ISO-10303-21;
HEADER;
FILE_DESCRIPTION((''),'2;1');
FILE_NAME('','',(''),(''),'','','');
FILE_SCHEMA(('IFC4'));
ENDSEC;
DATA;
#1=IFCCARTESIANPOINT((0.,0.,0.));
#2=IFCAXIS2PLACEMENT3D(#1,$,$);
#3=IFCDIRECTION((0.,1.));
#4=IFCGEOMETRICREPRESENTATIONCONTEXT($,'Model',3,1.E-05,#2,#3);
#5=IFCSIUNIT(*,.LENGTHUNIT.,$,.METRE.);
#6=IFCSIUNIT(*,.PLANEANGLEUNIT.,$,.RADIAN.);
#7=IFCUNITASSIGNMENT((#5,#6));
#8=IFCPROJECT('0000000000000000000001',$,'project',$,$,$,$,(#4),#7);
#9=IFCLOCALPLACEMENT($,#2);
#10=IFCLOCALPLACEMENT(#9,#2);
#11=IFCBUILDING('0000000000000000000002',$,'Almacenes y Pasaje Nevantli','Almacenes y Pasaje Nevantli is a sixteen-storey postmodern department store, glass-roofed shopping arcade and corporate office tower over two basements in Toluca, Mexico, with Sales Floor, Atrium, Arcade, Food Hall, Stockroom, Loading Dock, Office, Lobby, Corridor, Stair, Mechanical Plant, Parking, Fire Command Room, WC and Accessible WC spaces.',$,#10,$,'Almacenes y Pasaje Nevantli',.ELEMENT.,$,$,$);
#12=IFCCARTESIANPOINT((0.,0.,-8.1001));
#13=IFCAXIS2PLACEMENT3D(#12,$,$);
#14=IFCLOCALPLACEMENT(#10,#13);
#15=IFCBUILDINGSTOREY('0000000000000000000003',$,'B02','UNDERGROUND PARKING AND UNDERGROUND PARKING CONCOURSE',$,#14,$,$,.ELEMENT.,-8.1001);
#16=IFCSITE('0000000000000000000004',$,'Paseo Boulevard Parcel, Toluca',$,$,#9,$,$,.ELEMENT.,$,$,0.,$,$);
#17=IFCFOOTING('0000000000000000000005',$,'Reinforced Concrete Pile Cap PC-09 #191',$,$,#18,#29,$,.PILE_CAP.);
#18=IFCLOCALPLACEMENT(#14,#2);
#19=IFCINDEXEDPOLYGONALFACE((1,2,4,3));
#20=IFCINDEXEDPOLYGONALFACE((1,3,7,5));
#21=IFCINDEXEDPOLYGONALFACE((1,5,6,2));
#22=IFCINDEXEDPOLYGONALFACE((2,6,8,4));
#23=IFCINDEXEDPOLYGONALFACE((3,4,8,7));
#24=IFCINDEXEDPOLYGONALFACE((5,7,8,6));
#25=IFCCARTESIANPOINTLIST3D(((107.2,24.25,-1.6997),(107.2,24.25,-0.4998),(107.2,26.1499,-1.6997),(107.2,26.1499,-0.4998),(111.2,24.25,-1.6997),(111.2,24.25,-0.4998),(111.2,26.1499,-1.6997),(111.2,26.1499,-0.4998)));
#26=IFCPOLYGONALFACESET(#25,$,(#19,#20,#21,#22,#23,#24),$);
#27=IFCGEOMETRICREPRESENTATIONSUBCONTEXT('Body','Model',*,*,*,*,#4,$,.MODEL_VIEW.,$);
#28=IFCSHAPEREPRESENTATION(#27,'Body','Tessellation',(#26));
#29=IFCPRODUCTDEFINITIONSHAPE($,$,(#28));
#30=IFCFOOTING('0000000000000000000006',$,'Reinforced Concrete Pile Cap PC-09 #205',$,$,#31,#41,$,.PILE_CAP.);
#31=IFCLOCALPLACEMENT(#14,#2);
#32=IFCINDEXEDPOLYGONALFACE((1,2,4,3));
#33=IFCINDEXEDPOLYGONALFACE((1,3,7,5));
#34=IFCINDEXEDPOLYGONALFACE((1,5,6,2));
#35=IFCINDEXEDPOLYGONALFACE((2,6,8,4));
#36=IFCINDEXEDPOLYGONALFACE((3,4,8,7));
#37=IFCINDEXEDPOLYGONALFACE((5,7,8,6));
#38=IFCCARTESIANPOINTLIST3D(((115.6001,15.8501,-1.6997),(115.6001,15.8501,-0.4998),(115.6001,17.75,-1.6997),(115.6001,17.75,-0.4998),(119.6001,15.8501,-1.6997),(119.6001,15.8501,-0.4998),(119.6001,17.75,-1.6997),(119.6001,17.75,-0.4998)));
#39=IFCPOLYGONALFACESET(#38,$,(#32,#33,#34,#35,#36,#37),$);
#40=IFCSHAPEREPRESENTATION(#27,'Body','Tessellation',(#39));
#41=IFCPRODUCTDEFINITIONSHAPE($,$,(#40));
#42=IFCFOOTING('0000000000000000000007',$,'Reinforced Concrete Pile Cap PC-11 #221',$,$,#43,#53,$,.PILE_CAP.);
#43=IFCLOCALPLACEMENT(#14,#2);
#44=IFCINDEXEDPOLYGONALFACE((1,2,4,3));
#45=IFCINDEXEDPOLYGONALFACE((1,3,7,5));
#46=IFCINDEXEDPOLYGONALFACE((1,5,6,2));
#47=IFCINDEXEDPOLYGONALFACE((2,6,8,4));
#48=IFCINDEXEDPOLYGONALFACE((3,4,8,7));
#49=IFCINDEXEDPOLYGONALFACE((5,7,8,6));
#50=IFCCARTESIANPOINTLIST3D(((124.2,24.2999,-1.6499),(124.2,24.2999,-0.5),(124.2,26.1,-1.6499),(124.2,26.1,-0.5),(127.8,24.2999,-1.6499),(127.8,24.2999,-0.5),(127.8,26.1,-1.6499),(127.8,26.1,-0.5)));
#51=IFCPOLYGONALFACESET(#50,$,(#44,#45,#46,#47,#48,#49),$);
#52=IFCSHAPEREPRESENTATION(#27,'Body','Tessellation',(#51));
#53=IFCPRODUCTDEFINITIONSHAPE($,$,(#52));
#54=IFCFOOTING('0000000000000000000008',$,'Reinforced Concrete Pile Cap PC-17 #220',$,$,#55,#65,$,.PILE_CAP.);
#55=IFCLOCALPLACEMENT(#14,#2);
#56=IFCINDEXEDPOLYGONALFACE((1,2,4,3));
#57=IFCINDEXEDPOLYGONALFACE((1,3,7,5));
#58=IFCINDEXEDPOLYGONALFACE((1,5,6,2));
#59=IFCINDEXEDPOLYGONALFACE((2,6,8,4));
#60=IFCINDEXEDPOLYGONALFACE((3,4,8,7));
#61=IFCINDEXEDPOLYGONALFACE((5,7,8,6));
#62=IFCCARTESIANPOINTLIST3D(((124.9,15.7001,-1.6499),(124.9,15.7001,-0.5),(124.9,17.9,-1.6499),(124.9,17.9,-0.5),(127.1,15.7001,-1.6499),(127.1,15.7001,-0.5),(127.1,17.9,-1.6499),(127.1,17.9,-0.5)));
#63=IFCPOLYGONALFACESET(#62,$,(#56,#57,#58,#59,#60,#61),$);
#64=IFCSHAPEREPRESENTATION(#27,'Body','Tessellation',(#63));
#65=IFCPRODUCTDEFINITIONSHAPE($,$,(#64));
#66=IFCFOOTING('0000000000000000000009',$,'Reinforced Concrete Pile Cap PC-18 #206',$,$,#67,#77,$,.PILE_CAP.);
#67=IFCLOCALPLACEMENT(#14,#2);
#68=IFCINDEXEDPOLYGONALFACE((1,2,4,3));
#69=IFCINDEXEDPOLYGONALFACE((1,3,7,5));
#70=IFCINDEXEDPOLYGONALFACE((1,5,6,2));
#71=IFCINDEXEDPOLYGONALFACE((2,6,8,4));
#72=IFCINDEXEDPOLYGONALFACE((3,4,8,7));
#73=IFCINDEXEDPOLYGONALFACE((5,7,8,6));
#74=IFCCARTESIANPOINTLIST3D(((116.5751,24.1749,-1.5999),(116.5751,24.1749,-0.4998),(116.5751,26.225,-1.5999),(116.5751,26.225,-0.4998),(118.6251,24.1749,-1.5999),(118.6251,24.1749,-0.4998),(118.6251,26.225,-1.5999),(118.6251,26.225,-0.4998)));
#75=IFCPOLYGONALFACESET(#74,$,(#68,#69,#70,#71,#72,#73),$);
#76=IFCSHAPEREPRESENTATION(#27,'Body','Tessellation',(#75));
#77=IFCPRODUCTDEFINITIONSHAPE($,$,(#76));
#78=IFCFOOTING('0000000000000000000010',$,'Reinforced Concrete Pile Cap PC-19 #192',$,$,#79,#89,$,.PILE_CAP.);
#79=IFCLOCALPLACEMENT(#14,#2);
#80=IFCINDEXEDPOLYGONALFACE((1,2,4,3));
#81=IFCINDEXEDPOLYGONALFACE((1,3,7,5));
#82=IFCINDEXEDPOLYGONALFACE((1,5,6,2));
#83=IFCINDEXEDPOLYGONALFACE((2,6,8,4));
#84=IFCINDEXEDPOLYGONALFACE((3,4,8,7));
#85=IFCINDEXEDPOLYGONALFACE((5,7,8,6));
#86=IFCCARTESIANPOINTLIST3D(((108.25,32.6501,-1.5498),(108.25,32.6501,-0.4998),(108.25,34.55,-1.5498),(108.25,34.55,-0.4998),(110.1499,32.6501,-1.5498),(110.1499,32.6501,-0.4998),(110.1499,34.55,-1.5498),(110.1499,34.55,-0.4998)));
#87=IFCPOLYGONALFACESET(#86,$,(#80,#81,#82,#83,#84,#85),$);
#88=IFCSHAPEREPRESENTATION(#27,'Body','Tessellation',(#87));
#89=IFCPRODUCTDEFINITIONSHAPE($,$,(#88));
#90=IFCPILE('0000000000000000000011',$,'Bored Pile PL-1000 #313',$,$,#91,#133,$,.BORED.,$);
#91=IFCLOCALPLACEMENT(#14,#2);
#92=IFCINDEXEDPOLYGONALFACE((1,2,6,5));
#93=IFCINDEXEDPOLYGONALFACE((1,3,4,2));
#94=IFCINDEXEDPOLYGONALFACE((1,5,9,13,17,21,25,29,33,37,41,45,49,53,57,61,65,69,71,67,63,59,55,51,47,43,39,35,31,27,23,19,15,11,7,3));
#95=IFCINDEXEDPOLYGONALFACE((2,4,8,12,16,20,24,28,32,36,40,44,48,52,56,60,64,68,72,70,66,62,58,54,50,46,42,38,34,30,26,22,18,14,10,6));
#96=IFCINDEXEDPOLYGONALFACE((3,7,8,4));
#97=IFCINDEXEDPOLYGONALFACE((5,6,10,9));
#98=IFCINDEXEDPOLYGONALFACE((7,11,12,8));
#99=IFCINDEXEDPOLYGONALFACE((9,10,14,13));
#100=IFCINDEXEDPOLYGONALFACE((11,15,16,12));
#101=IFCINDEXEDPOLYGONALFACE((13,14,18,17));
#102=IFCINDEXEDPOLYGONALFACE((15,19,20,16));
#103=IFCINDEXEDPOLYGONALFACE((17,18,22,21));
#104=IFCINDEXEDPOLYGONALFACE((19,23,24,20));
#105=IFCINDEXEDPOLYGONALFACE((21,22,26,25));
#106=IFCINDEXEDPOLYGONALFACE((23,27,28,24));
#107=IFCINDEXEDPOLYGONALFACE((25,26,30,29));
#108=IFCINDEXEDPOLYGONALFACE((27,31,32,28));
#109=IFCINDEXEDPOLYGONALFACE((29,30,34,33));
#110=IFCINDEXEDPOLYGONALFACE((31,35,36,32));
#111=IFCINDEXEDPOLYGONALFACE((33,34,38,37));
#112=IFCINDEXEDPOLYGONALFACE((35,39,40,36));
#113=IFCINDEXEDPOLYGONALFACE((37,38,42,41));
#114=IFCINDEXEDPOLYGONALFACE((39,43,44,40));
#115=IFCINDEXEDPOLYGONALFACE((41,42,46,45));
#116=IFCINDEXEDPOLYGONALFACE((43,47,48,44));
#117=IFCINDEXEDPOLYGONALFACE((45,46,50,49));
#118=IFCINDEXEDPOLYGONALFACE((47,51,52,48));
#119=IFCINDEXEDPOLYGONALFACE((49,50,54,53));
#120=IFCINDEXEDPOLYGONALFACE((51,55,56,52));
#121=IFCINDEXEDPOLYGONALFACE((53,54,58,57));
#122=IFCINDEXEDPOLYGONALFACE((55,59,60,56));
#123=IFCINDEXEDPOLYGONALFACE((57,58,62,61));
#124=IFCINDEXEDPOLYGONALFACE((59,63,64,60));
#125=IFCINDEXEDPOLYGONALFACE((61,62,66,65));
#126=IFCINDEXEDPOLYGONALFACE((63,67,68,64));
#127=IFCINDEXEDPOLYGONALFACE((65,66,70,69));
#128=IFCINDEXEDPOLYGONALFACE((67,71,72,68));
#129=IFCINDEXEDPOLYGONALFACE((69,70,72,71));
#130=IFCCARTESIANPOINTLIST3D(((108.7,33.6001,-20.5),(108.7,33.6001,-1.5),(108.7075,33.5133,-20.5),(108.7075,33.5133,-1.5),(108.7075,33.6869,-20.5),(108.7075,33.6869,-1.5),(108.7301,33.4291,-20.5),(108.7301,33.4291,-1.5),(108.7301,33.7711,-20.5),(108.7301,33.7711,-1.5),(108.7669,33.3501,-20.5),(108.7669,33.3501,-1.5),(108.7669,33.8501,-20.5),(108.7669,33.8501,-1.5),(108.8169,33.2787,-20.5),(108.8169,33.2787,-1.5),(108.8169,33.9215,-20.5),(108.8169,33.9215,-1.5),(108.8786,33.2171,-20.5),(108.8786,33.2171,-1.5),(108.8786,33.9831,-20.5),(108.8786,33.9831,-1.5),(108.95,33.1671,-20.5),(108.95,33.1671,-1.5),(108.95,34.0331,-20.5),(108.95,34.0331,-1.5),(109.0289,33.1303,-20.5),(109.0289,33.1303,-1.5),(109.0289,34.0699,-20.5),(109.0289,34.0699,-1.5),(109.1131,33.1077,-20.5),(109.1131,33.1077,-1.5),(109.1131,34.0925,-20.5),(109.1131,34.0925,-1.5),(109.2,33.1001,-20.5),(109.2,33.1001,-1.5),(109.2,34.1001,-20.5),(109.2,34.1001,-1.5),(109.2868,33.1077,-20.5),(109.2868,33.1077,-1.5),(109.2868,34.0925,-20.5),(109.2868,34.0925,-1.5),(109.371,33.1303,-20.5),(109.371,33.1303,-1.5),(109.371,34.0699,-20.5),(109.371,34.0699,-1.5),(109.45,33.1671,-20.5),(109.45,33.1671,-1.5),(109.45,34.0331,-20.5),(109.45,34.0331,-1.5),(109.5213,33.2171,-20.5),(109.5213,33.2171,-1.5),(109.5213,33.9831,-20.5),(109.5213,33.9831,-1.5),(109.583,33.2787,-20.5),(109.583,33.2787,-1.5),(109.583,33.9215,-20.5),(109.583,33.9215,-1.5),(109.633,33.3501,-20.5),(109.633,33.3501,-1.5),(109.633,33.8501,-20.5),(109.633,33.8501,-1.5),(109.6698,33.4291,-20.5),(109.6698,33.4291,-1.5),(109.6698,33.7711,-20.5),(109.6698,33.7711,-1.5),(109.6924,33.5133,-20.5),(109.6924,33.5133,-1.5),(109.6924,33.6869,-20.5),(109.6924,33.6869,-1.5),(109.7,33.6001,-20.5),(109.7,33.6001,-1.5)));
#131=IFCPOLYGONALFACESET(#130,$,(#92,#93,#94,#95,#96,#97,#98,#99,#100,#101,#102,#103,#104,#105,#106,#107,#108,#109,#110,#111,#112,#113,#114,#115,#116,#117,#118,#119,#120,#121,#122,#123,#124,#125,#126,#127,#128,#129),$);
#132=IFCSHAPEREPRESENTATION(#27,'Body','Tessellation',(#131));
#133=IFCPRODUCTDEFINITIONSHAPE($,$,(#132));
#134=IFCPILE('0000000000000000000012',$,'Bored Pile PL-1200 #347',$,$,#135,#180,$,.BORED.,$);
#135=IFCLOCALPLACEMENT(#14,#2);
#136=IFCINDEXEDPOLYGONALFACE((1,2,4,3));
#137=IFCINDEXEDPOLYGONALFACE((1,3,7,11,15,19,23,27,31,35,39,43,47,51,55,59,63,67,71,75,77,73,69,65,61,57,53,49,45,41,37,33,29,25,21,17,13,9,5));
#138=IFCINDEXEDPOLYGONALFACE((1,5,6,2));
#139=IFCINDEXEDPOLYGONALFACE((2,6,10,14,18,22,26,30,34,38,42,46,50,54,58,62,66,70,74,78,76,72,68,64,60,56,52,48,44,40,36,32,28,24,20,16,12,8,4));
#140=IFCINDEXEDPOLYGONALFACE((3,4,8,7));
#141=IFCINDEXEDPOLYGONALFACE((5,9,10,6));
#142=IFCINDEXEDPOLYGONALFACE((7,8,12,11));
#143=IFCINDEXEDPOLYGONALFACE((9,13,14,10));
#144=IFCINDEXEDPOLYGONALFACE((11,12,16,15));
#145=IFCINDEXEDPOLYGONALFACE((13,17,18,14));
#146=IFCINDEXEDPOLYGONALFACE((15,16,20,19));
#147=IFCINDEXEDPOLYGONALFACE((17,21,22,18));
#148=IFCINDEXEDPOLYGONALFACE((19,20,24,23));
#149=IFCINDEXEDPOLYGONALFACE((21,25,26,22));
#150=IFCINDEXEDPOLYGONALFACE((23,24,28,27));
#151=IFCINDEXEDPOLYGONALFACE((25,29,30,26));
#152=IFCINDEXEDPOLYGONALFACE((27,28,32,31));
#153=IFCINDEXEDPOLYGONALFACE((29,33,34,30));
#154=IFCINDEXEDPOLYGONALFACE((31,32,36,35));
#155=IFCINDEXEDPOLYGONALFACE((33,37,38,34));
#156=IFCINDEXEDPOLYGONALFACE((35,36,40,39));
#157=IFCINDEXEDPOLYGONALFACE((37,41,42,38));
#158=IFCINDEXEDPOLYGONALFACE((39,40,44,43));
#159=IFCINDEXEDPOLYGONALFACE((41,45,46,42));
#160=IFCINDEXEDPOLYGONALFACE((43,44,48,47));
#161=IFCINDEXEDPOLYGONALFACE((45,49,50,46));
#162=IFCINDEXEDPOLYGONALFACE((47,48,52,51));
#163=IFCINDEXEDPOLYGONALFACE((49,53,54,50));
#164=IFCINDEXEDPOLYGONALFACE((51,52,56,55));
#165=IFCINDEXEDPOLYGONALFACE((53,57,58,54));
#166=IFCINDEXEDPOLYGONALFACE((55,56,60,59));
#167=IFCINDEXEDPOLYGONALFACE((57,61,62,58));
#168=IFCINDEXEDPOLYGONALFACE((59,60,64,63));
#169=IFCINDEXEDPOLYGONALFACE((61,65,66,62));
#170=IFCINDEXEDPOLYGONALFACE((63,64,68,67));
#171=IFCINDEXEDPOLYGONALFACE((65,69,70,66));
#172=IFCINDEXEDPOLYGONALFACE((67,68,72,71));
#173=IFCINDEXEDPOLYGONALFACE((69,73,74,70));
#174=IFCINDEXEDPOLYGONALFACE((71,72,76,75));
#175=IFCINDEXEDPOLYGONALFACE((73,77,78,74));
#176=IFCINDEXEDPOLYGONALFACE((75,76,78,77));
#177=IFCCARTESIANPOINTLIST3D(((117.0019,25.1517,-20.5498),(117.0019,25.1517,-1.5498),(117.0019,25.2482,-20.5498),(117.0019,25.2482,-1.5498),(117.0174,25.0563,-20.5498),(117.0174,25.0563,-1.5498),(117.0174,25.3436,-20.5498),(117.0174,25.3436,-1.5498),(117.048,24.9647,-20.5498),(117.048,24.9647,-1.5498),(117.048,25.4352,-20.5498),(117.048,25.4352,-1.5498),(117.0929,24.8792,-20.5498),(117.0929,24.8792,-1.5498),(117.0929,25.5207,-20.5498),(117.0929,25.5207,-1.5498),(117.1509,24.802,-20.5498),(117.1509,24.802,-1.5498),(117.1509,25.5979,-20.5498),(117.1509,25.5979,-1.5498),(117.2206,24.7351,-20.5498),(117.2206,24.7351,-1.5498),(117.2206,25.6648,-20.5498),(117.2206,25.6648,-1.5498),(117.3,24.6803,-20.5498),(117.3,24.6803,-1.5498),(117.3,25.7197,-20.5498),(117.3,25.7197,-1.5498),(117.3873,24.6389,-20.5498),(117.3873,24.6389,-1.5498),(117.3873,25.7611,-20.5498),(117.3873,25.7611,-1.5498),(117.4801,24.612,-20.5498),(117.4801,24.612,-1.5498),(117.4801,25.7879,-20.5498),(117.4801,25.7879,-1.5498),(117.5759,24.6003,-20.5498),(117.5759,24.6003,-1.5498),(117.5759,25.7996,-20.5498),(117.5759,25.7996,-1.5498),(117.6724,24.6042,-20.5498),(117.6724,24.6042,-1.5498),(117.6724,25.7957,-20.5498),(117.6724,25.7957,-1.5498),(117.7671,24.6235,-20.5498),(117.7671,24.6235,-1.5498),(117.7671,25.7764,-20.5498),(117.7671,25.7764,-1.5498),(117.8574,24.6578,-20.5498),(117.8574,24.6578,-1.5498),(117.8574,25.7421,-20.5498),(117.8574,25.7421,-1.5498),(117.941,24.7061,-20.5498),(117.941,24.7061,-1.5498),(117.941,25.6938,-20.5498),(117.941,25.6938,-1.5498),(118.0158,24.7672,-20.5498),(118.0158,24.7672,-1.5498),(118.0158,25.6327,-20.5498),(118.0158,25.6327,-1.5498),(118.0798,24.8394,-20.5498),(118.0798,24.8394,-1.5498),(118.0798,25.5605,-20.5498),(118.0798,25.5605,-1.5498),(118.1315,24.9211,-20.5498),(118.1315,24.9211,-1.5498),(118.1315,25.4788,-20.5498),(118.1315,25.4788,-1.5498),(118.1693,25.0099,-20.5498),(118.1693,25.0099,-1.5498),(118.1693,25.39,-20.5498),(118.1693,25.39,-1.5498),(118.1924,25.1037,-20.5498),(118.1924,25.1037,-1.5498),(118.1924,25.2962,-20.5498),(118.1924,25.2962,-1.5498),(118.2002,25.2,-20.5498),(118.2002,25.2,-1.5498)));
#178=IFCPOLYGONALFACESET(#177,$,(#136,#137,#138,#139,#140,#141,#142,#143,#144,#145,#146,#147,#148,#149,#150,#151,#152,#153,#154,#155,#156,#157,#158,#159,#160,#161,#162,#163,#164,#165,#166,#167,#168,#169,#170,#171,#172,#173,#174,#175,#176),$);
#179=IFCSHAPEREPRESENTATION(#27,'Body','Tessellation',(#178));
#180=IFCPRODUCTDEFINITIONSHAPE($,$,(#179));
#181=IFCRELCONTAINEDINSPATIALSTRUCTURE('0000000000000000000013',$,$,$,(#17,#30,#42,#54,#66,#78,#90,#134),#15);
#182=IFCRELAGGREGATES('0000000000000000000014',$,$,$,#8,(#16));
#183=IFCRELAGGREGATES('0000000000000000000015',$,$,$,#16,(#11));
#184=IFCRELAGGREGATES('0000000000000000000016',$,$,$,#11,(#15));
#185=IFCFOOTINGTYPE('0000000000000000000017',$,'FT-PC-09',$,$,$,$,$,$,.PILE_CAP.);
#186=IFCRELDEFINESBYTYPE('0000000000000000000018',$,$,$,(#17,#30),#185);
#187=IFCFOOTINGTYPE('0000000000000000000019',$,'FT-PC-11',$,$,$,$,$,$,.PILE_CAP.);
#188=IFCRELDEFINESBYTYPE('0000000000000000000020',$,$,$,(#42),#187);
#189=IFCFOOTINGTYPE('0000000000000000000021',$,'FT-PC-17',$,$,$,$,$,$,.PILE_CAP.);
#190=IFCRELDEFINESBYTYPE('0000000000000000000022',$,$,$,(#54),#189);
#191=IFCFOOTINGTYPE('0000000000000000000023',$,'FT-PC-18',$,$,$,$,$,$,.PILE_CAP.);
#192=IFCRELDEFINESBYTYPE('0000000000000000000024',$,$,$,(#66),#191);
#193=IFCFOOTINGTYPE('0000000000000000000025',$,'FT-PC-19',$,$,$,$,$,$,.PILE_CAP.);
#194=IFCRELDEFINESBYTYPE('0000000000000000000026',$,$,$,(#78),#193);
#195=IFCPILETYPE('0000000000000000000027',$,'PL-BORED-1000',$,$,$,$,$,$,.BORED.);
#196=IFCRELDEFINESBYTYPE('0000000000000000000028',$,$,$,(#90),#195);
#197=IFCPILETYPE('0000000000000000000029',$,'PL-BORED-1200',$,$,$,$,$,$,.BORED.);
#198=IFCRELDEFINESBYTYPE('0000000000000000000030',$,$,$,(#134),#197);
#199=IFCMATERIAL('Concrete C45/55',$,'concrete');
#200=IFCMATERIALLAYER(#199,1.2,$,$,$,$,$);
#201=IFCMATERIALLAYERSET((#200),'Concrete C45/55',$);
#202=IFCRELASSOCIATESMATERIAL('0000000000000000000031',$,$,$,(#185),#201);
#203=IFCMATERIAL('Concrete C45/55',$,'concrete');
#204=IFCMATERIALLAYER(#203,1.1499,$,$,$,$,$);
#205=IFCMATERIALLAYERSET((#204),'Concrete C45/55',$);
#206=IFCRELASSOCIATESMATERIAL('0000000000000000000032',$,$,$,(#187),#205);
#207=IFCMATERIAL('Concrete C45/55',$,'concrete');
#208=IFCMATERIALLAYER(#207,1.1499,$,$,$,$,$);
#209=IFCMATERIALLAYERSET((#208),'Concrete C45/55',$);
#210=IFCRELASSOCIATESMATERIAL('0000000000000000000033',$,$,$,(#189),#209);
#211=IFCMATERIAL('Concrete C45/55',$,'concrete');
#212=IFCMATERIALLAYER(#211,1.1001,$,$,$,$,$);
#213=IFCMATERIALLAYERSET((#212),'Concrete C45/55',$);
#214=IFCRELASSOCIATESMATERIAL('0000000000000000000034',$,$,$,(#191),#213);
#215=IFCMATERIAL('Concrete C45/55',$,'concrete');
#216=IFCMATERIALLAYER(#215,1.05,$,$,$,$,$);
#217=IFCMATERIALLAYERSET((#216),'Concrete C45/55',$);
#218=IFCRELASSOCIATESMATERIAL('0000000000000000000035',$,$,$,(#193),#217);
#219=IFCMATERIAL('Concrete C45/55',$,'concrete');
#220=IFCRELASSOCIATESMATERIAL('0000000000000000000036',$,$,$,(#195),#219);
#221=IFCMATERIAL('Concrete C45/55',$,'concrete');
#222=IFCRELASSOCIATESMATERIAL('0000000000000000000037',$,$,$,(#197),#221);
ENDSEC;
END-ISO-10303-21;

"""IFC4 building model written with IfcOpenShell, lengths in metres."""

from ifc_helpers import new_model, si_unit, direction, frame, origin, origin_2d, place, context, subcontext, project, spatial, rectangle, circle, extrude, material, layer, layer_set, material_profile, profile_set, type_object, element, save


model = new_model("IFC4")

# Units and contexts
model_context = context("Model", 3, precision=1e-05, world=origin(), true_north=direction((0.0, 1.0)))
body_context = subcontext(model_context, "Body", "Model", "MODEL_VIEW")
ifc_project = project(units=[si_unit("LENGTHUNIT", "METRE"), si_unit("PLANEANGLEUNIT", "RADIAN")], contexts=[model_context])

# Site, building, storey
site_placement = place(None, origin())
site = spatial("IfcSite", under=ifc_project, at=site_placement, Name="Paseo Boulevard Parcel, Toluca", CompositionType="ELEMENT", RefElevation=0.0)
building_placement = place(site_placement, origin())
building = spatial("IfcBuilding", under=site, at=building_placement, Name="Almacenes y Pasaje Nevantli", Description="Almacenes y Pasaje Nevantli is a sixteen-storey postmodern department store, glass-roofed shopping arcade and corporate office tower over two basements in Toluca, Mexico, with Sales Floor, Atrium, Arcade, Food Hall, Stockroom, Loading Dock, Office, Lobby, Corridor, Stair, Mechanical Plant, Parking, Fire Command Room, WC and Accessible WC spaces.", LongName="Almacenes y Pasaje Nevantli", CompositionType="ELEMENT")
storey_placement = place(building_placement, frame((0.0, 0.0, -8.1001)))
storey = spatial("IfcBuildingStorey", under=building, at=storey_placement, Name="B02", Description="UNDERGROUND PARKING AND UNDERGROUND PARKING CONCOURSE", CompositionType="ELEMENT", Elevation=-8.1001)

# Footings
ifc_material_1 = material(Name="Concrete C45/55", Category="concrete")
ifc_layer_1 = layer(ifc_material_1, 1.2)
ifc_layer_set_1 = layer_set([ifc_layer_1], Name="Concrete C45/55")
footing_type_1 = type_object("IfcFootingType", Name="FT-PC-09", PredefinedType="PILE_CAP", material=ifc_layer_set_1)
for number, where, z_axis, x_axis, name in (
    (1, (109.2, 25.2, -1.6997), (0.0, 0.0, 1.0), (1.0, 0.0, 0.0), "Reinforced Concrete Pile Cap PC-09 #191"),
    (2, (117.6001, 16.8, -1.6997), (0.0, 0.0, 1.0), (1.0, 0.0, 0.0), "Reinforced Concrete Pile Cap PC-09 #205"),
):
    element("IfcFooting", number, at=place(storey_placement, frame(where, z_axis=z_axis, x_axis=x_axis)), inside=storey, type_object=footing_type_1, Name=name, PredefinedType="PILE_CAP", context=body_context, shape_type="SweptSolid", body=[
        extrude(rectangle(XDim=4.0, YDim=1.8999, at=origin_2d()), origin(), (0.0, 0.0, 1.0), 1.2),
    ])
ifc_material_2 = material(Name="Concrete C45/55", Category="concrete")
ifc_layer_2 = layer(ifc_material_2, 1.1499)
ifc_layer_set_2 = layer_set([ifc_layer_2], Name="Concrete C45/55")
footing_type_2 = type_object("IfcFootingType", Name="FT-PC-11", PredefinedType="PILE_CAP", material=ifc_layer_set_2)
footing_1_placement = place(storey_placement, frame((126.0, 25.2, -1.6499), z_axis=(0.0, 0.0, 1.0), x_axis=(1.0, 0.0, 0.0)))
element("IfcFooting", 3, at=footing_1_placement, inside=storey, type_object=footing_type_2, Name="Reinforced Concrete Pile Cap PC-11 #221", PredefinedType="PILE_CAP", context=body_context, shape_type="SweptSolid", body=[
    extrude(rectangle(XDim=3.6001, YDim=1.8, at=origin_2d()), origin(), (0.0, 0.0, 1.0), 1.1499),
])
ifc_material_3 = material(Name="Concrete C45/55", Category="concrete")
ifc_layer_3 = layer(ifc_material_3, 1.1499)
ifc_layer_set_3 = layer_set([ifc_layer_3], Name="Concrete C45/55")
footing_type_3 = type_object("IfcFootingType", Name="FT-PC-17", PredefinedType="PILE_CAP", material=ifc_layer_set_3)
footing_2_placement = place(storey_placement, frame((126.0, 16.8, -1.6499), z_axis=(0.0, 0.0, 1.0), x_axis=(1.0, 0.0, 0.0)))
element("IfcFooting", 4, at=footing_2_placement, inside=storey, type_object=footing_type_3, Name="Reinforced Concrete Pile Cap PC-17 #220", PredefinedType="PILE_CAP", context=body_context, shape_type="SweptSolid", body=[
    extrude(rectangle(XDim=2.2, YDim=2.2, at=origin_2d()), origin(), (0.0, 0.0, 1.0), 1.1499),
])
ifc_material_4 = material(Name="Concrete C45/55", Category="concrete")
ifc_layer_4 = layer(ifc_material_4, 1.1001)
ifc_layer_set_4 = layer_set([ifc_layer_4], Name="Concrete C45/55")
footing_type_4 = type_object("IfcFootingType", Name="FT-PC-18", PredefinedType="PILE_CAP", material=ifc_layer_set_4)
footing_3_placement = place(storey_placement, frame((117.6001, 25.2, -1.5999), z_axis=(0.0, 0.0, 1.0), x_axis=(1.0, 0.0, 0.0)))
element("IfcFooting", 5, at=footing_3_placement, inside=storey, type_object=footing_type_4, Name="Reinforced Concrete Pile Cap PC-18 #206", PredefinedType="PILE_CAP", context=body_context, shape_type="SweptSolid", body=[
    extrude(rectangle(XDim=2.05, YDim=2.05, at=origin_2d()), origin(), (0.0, 0.0, 1.0), 1.1001),
])
ifc_material_5 = material(Name="Concrete C45/55", Category="concrete")
ifc_layer_5 = layer(ifc_material_5, 1.05)
ifc_layer_set_5 = layer_set([ifc_layer_5], Name="Concrete C45/55")
footing_type_5 = type_object("IfcFootingType", Name="FT-PC-19", PredefinedType="PILE_CAP", material=ifc_layer_set_5)
footing_4_placement = place(storey_placement, frame((109.2, 33.6001, -1.5498), z_axis=(0.0, 0.0, 1.0), x_axis=(1.0, 0.0, 0.0)))
element("IfcFooting", 6, at=footing_4_placement, inside=storey, type_object=footing_type_5, Name="Reinforced Concrete Pile Cap PC-19 #192", PredefinedType="PILE_CAP", context=body_context, shape_type="SweptSolid", body=[
    extrude(rectangle(XDim=1.8999, YDim=1.8999, at=origin_2d()), origin(), (0.0, 0.0, 1.0), 1.05),
])

# Piles
ifc_material_6 = material(Name="Concrete C45/55", Category="concrete")
ifc_material_profile_1 = material_profile(ifc_material_6, circle(Radius=0.5, at=origin_2d()), Name="RC-PILE-D1000")
ifc_profile_set_1 = profile_set([ifc_material_profile_1], Name="Concrete C45/55")
pile_type_1 = type_object("IfcPileType", Name="PL-BORED-1000", PredefinedType="BORED", material=ifc_profile_set_1)
pile_placement = place(storey_placement, frame((109.2, 33.6001, -1.5), z_axis=(0.0, 0.0, -1.0), x_axis=(1.0, 0.0, 0.0)))
element("IfcPile", 7, at=pile_placement, inside=storey, type_object=pile_type_1, Name="Bored Pile PL-1000 #313", PredefinedType="BORED", context=body_context, shape_type="SweptSolid", body=[
    extrude(circle(Radius=0.5, at=origin_2d()), origin(), (0.0, 0.0, 1.0), 19.0),
])
ifc_material_7 = material(Name="Concrete C45/55", Category="concrete")
ifc_material_profile_2 = material_profile(ifc_material_7, circle(Radius=0.6001, at=origin_2d()), Name="RC-PILE-D1200")
ifc_profile_set_2 = profile_set([ifc_material_profile_2], Name="Concrete C45/55")
pile_type_2 = type_object("IfcPileType", Name="PL-BORED-1200", PredefinedType="BORED", material=ifc_profile_set_2)
for number, where, z_axis, x_axis, name in (
    (8, (117.6001, 25.2, -1.5498), (0.0, 0.0, -1.0), (1.0, 0.0, 0.0), "Bored Pile PL-1200 #347"),
):
    element("IfcPile", number, at=place(storey_placement, frame(where, z_axis=z_axis, x_axis=x_axis)), inside=storey, type_object=pile_type_2, Name=name, PredefinedType="BORED", context=body_context, shape_type="SweptSolid", body=[
        extrude(circle(Radius=0.6001, at=origin_2d()), origin(), (0.0, 0.0, 1.0), 19.0),
    ])

save(model, "model.ifc")
